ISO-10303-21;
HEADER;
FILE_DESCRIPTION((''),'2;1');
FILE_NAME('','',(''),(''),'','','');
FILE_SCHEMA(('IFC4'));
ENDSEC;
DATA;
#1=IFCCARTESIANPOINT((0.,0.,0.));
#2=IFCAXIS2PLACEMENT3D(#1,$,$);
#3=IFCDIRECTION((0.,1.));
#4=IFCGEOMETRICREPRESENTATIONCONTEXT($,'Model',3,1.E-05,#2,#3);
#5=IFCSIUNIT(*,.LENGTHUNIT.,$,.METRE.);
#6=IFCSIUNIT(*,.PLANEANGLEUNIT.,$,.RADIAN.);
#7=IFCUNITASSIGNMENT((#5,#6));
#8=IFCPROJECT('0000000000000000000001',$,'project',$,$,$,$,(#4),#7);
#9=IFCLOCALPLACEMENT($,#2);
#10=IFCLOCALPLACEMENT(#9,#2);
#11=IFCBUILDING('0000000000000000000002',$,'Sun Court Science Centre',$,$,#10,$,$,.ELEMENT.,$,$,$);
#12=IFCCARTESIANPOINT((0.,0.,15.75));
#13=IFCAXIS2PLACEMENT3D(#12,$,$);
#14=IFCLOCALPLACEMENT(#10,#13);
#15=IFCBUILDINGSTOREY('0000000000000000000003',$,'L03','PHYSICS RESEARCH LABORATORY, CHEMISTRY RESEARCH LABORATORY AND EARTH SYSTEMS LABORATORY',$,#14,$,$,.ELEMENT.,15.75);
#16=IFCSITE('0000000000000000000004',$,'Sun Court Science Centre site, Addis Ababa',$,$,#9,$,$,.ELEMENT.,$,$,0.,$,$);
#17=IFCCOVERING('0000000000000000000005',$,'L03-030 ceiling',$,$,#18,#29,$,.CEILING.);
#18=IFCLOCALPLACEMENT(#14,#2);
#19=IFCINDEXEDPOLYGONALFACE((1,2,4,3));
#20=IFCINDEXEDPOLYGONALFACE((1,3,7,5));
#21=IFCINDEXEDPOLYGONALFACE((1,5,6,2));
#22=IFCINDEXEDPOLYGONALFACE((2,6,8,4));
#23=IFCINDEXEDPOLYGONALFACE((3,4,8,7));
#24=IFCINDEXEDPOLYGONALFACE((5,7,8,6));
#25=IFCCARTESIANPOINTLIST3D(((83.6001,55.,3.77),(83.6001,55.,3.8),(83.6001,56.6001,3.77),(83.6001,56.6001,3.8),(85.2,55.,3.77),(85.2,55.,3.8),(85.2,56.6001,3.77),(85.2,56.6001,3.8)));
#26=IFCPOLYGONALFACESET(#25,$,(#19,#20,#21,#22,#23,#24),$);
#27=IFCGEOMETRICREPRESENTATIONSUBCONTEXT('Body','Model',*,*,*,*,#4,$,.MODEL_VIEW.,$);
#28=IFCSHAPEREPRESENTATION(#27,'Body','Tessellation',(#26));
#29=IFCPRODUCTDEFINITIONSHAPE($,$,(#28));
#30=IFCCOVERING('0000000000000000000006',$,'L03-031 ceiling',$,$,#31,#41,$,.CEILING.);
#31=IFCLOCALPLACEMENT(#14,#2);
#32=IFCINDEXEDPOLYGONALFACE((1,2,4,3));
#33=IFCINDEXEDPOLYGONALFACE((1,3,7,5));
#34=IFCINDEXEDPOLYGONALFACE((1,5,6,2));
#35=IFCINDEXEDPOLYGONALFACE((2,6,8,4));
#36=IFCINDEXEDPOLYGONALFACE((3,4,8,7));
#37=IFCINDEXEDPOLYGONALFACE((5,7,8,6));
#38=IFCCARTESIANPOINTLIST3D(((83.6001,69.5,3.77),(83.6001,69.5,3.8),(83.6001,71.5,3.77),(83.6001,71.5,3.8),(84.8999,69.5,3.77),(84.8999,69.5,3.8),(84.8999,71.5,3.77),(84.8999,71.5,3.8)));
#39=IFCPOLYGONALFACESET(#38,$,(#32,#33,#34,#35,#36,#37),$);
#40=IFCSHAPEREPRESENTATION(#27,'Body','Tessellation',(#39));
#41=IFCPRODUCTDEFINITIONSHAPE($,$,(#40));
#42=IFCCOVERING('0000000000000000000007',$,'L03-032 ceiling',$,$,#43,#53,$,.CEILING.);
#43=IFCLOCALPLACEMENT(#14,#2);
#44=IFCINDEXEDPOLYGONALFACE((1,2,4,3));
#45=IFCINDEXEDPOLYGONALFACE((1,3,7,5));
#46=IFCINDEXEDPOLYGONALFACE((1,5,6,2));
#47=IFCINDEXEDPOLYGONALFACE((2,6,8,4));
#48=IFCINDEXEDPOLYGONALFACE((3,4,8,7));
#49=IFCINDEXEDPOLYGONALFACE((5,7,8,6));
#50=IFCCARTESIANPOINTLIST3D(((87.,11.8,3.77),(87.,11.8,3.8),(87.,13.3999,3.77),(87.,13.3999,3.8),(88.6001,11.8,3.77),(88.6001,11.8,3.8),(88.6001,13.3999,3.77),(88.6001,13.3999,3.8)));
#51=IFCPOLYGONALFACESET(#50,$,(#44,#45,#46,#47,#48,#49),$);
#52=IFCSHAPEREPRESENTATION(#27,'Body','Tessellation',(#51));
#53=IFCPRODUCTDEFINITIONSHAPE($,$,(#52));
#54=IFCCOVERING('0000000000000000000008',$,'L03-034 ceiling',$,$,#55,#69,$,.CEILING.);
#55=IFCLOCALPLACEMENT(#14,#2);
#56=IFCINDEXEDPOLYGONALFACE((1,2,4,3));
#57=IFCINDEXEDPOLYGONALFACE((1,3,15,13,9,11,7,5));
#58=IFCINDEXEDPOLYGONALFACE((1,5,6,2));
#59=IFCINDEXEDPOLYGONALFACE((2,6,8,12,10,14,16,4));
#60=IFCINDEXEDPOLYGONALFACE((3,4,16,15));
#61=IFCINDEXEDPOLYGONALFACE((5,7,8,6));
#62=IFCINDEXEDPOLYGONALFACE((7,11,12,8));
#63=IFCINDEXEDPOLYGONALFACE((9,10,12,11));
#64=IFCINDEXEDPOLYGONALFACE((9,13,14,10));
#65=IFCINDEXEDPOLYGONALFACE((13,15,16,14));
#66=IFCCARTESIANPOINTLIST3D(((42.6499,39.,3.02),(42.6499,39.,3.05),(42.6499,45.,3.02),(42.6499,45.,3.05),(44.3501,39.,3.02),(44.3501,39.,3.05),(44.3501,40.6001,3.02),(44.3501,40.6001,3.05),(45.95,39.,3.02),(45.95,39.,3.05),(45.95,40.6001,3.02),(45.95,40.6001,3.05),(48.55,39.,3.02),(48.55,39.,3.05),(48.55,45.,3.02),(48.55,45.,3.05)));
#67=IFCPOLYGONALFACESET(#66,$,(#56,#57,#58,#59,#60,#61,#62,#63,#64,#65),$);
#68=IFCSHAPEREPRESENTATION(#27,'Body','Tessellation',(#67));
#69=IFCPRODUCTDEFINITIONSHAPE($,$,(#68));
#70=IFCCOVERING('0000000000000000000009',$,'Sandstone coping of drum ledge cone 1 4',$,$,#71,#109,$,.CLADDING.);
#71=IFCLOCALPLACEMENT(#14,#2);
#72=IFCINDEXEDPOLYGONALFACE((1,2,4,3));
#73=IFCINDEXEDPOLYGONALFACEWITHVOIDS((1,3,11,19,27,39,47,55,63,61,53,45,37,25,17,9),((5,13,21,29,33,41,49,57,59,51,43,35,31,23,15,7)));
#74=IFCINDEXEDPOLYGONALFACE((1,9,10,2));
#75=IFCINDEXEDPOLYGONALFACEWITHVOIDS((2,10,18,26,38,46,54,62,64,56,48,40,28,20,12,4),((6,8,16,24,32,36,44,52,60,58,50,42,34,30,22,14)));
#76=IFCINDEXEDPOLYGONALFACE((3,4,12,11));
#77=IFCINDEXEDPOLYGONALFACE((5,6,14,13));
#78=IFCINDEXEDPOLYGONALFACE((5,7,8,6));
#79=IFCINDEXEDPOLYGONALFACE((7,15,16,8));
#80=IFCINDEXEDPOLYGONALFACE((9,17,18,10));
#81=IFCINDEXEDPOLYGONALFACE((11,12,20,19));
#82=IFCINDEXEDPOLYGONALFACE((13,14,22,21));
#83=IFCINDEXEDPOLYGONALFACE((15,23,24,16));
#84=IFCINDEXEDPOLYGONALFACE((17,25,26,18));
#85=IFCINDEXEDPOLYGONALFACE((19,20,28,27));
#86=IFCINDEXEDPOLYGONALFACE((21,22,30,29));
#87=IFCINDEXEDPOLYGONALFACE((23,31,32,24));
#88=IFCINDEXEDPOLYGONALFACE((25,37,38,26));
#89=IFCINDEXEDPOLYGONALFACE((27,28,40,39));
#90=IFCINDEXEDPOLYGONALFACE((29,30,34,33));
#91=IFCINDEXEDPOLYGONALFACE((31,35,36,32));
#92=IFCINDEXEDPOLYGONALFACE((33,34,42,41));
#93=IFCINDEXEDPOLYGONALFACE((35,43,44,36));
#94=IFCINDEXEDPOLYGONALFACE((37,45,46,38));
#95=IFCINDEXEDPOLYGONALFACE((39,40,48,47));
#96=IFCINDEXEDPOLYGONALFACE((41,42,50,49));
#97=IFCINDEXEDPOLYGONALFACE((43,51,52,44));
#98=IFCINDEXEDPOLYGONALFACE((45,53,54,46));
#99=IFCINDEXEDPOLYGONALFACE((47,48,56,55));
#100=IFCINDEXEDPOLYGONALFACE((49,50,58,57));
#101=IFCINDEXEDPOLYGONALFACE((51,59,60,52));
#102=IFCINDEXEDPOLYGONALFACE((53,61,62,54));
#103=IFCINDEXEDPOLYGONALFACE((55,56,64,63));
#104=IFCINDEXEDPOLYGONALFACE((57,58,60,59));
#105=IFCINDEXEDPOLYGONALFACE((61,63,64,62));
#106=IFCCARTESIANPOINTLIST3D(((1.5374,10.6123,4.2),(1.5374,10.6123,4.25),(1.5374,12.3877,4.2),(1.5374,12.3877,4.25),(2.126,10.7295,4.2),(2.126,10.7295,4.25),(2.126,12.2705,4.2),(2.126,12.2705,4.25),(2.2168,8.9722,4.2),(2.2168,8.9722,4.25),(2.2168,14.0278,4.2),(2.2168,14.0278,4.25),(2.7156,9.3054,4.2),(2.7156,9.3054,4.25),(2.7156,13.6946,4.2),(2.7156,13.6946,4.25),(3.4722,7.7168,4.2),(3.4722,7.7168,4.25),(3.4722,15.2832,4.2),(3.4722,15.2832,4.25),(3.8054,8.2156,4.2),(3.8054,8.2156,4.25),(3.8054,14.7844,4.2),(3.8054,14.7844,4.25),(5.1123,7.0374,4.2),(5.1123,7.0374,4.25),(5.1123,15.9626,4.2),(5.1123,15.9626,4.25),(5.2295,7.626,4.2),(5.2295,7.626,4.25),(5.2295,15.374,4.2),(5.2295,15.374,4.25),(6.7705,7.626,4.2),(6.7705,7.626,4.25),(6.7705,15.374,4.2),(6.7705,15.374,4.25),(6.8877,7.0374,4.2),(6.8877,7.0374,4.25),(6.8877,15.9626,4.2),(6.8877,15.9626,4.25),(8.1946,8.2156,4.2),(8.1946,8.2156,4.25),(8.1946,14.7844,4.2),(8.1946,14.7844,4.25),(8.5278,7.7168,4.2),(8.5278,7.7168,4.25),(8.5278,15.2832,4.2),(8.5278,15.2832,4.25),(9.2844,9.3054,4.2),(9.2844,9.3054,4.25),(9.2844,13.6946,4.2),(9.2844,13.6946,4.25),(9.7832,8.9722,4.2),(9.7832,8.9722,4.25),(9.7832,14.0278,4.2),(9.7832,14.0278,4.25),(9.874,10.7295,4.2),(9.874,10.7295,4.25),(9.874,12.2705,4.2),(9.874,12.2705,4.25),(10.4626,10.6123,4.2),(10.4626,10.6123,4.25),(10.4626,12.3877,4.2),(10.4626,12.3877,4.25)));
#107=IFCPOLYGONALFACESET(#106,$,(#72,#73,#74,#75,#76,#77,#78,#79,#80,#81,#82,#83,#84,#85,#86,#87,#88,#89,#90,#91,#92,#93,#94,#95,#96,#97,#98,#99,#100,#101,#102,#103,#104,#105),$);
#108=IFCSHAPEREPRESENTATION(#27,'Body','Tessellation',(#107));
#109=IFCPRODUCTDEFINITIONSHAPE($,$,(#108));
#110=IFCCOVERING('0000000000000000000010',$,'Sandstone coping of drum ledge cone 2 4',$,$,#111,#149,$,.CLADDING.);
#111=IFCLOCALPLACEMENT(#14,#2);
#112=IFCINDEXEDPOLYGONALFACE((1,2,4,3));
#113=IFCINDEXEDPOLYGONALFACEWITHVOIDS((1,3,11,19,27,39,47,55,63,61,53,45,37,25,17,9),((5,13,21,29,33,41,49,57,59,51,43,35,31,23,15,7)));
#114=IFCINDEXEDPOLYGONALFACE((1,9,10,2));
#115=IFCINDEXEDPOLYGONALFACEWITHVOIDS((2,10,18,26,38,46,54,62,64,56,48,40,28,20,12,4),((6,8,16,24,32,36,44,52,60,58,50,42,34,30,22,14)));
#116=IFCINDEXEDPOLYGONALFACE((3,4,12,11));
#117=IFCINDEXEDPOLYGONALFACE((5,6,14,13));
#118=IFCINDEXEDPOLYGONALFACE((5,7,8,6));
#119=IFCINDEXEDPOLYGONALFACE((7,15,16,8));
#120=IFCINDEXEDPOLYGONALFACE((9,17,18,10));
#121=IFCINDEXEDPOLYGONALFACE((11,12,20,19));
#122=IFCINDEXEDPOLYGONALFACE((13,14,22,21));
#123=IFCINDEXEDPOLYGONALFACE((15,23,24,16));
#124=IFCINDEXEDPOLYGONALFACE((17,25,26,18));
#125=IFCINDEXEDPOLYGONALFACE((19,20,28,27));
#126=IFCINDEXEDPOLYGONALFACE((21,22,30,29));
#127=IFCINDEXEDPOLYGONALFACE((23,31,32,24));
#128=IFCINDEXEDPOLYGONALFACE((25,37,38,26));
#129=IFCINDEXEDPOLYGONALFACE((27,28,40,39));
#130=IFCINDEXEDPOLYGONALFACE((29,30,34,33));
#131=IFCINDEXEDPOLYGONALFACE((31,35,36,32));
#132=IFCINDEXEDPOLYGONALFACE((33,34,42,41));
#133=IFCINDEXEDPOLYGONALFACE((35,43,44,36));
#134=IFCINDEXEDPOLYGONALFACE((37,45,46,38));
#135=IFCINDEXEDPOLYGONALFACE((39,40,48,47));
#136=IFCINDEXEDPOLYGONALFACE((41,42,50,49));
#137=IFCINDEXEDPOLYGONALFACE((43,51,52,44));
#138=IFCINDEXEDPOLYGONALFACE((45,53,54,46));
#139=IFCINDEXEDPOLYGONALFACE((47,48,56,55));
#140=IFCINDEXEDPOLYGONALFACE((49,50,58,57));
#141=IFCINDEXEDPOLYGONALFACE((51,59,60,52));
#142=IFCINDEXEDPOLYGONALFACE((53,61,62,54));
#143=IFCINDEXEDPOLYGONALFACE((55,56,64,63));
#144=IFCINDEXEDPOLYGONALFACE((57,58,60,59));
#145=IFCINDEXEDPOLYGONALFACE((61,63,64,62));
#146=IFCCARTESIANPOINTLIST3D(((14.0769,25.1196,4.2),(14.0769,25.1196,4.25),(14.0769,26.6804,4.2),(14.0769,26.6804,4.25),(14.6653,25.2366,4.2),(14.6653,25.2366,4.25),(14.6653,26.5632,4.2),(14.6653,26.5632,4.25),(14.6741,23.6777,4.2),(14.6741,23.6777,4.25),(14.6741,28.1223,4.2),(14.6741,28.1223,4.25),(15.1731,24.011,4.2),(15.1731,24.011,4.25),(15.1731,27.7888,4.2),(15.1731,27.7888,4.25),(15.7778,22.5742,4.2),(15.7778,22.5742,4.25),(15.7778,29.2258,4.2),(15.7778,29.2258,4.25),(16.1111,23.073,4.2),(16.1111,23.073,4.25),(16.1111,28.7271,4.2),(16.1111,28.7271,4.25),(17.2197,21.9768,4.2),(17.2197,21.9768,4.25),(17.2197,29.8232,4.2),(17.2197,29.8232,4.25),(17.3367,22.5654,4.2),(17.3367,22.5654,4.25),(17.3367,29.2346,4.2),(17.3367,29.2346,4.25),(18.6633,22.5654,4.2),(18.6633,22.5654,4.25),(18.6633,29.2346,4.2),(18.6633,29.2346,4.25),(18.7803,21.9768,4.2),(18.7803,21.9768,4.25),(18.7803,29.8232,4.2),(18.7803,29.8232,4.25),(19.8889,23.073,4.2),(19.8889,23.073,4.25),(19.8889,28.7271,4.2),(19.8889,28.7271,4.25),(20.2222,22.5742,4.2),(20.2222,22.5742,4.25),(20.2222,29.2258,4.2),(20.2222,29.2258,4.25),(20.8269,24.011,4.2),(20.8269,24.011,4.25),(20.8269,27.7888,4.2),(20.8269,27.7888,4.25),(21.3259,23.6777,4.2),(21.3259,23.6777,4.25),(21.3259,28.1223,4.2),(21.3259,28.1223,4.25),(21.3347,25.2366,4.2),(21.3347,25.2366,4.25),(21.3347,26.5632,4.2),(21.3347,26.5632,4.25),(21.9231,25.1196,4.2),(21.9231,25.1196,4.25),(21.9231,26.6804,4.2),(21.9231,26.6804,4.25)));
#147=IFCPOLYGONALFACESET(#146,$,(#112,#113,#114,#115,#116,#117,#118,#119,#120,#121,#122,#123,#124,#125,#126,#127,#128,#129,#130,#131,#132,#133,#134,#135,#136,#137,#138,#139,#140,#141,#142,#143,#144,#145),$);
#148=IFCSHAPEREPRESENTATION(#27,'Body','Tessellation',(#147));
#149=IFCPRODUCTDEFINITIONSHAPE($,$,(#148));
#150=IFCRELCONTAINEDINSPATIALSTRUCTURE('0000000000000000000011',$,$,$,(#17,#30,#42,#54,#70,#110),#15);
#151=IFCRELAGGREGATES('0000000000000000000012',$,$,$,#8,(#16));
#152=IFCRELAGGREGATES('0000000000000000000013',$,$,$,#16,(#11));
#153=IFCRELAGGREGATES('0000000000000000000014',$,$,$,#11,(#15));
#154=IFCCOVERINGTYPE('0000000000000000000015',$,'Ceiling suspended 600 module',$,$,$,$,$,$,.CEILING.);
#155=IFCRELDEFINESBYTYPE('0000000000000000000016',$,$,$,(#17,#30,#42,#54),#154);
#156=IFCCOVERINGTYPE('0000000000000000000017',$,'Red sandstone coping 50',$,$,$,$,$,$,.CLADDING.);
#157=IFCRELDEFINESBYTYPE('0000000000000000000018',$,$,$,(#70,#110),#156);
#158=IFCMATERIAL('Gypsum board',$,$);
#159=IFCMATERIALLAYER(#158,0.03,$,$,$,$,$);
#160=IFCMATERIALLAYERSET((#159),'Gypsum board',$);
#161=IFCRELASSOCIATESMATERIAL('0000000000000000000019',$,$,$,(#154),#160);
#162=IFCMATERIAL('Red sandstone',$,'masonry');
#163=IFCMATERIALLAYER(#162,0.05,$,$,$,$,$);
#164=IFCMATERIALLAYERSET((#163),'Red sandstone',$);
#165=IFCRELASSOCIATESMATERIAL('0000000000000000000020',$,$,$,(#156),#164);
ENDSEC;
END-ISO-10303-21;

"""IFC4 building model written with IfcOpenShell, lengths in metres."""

from ifc_helpers import new_model, si_unit, direction, frame, origin, place, context, subcontext, project, spatial, polyline, outline, extrude, material, layer, layer_set, type_object, element, save


model = new_model("IFC4")

# Units and contexts
model_context = context("Model", 3, precision=1e-05, world=origin(), true_north=direction((0.0, 1.0)))
body_context = subcontext(model_context, "Body", "Model", "MODEL_VIEW")
ifc_project = project(units=[si_unit("LENGTHUNIT", "METRE"), si_unit("PLANEANGLEUNIT", "RADIAN")], contexts=[model_context])

# Site, building, storey
site_placement = place(None, origin())
site = spatial("IfcSite", under=ifc_project, at=site_placement, Name="Sun Court Science Centre site, Addis Ababa", CompositionType="ELEMENT", RefElevation=0.0)
building_placement = place(site_placement, origin())
building = spatial("IfcBuilding", under=site, at=building_placement, Name="Sun Court Science Centre", CompositionType="ELEMENT")
storey_placement = place(building_placement, frame((0.0, 0.0, 15.75)))
storey = spatial("IfcBuildingStorey", under=building, at=storey_placement, Name="L03", Description="PHYSICS RESEARCH LABORATORY, CHEMISTRY RESEARCH LABORATORY AND EARTH SYSTEMS LABORATORY", CompositionType="ELEMENT", Elevation=15.75)

# Coverings
ifc_material_1 = material(Name="Gypsum board")
ifc_layer_1 = layer(ifc_material_1, 0.03)
ifc_layer_set_1 = layer_set([ifc_layer_1], Name="Gypsum board")
covering_type_1 = type_object("IfcCoveringType", Name="Ceiling suspended 600 module", PredefinedType="CEILING", material=ifc_layer_set_1)
covering_1_placement = place(storey_placement, frame((0.0, 0.0, 3.77)))
element("IfcCovering", 1, at=covering_1_placement, inside=storey, type_object=covering_type_1, Name="L03-030 ceiling", PredefinedType="CEILING", context=body_context, shape_type="SweptSolid", body=[
    extrude(outline(polyline([(85.2, 56.6001), (85.2, 55.0), (83.6001, 55.0), (83.6001, 56.6001), (85.2, 56.6001)])), origin(), (0.0, 0.0, 1.0), 0.03),
])
covering_2_placement = place(storey_placement, frame((0.0, 0.0, 3.77)))
element("IfcCovering", 2, at=covering_2_placement, inside=storey, type_object=covering_type_1, Name="L03-031 ceiling", PredefinedType="CEILING", context=body_context, shape_type="SweptSolid", body=[
    extrude(outline(polyline([(84.8999, 71.5), (84.8999, 69.5), (83.6001, 69.5), (83.6001, 71.5), (84.8999, 71.5)])), origin(), (0.0, 0.0, 1.0), 0.03),
])
covering_3_placement = place(storey_placement, frame((0.0, 0.0, 3.77)))
element("IfcCovering", 3, at=covering_3_placement, inside=storey, type_object=covering_type_1, Name="L03-032 ceiling", PredefinedType="CEILING", context=body_context, shape_type="SweptSolid", body=[
    extrude(outline(polyline([(88.6001, 13.3999), (88.6001, 11.8), (87.0, 11.8), (87.0, 13.3999), (88.6001, 13.3999)])), origin(), (0.0, 0.0, 1.0), 0.03),
])
covering_4_placement = place(storey_placement, frame((0.0, 0.0, 3.02)))
element("IfcCovering", 4, at=covering_4_placement, inside=storey, type_object=covering_type_1, Name="L03-034 ceiling", PredefinedType="CEILING", context=body_context, shape_type="SweptSolid", body=[
    extrude(outline(polyline([(45.95, 40.6001), (44.3501, 40.6001), (44.3501, 39.0), (42.6499, 39.0), (42.6499, 45.0), (48.55, 45.0), (48.55, 39.0), (45.95, 39.0), (45.95, 40.6001)])), origin(), (0.0, 0.0, 1.0), 0.03),
])
ifc_material_2 = material(Name="Red sandstone", Category="masonry")
ifc_layer_2 = layer(ifc_material_2, 0.05)
ifc_layer_set_2 = layer_set([ifc_layer_2], Name="Red sandstone")
covering_type_2 = type_object("IfcCoveringType", Name="Red sandstone coping 50", PredefinedType="CLADDING", material=ifc_layer_set_2)
covering_5_placement = place(storey_placement, frame((0.0, 0.0, 4.2)))
element("IfcCovering", 5, at=covering_5_placement, inside=storey, type_object=covering_type_2, Name="Sandstone coping of drum ledge cone 1 4", PredefinedType="CLADDING", context=body_context, shape_type="SweptSolid", body=[
    extrude(outline(polyline([(10.4626, 12.3877), (9.7832, 14.0278), (8.5278, 15.2832), (6.8877, 15.9626), (5.1123, 15.9626), (3.4722, 15.2832), (2.2168, 14.0278), (1.5374, 12.3877), (1.5374, 10.6123), (2.2168, 8.9722), (3.4722, 7.7168), (5.1123, 7.0374), (6.8877, 7.0374), (8.5278, 7.7168), (9.7832, 8.9722), (10.4626, 10.6123), (10.4626, 12.3877)]), holes=[polyline([(9.874, 12.2705), (9.2844, 13.6946), (8.1946, 14.7844), (6.7705, 15.374), (5.2295, 15.374), (3.8054, 14.7844), (2.7156, 13.6946), (2.126, 12.2705), (2.126, 10.7295), (2.7156, 9.3054), (3.8054, 8.2156), (5.2295, 7.626), (6.7705, 7.626), (8.1946, 8.2156), (9.2844, 9.3054), (9.874, 10.7295), (9.874, 12.2705)])]), origin(), (0.0, 0.0, 1.0), 0.05),
])
covering_6_placement = place(storey_placement, frame((0.0, 0.0, 4.2)))
element("IfcCovering", 6, at=covering_6_placement, inside=storey, type_object=covering_type_2, Name="Sandstone coping of drum ledge cone 2 4", PredefinedType="CLADDING", context=body_context, shape_type="SweptSolid", body=[
    extrude(outline(polyline([(21.9231, 26.6804), (21.3259, 28.1223), (20.2222, 29.2258), (18.7803, 29.8232), (17.2197, 29.8232), (15.7778, 29.2258), (14.6741, 28.1223), (14.0769, 26.6804), (14.0769, 25.1196), (14.6741, 23.6777), (15.7778, 22.5742), (17.2197, 21.9768), (18.7803, 21.9768), (20.2222, 22.5742), (21.3259, 23.6777), (21.9231, 25.1196), (21.9231, 26.6804)]), holes=[polyline([(21.3347, 26.5632), (20.8269, 27.7888), (19.8889, 28.7271), (18.6633, 29.2346), (17.3367, 29.2346), (16.1111, 28.7271), (15.1731, 27.7888), (14.6653, 26.5632), (14.6653, 25.2366), (15.1731, 24.011), (16.1111, 23.073), (17.3367, 22.5654), (18.6633, 22.5654), (19.8889, 23.073), (20.8269, 24.011), (21.3347, 25.2366), (21.3347, 26.5632)])]), origin(), (0.0, 0.0, 1.0), 0.05),
])

save(model, "model.ifc")
